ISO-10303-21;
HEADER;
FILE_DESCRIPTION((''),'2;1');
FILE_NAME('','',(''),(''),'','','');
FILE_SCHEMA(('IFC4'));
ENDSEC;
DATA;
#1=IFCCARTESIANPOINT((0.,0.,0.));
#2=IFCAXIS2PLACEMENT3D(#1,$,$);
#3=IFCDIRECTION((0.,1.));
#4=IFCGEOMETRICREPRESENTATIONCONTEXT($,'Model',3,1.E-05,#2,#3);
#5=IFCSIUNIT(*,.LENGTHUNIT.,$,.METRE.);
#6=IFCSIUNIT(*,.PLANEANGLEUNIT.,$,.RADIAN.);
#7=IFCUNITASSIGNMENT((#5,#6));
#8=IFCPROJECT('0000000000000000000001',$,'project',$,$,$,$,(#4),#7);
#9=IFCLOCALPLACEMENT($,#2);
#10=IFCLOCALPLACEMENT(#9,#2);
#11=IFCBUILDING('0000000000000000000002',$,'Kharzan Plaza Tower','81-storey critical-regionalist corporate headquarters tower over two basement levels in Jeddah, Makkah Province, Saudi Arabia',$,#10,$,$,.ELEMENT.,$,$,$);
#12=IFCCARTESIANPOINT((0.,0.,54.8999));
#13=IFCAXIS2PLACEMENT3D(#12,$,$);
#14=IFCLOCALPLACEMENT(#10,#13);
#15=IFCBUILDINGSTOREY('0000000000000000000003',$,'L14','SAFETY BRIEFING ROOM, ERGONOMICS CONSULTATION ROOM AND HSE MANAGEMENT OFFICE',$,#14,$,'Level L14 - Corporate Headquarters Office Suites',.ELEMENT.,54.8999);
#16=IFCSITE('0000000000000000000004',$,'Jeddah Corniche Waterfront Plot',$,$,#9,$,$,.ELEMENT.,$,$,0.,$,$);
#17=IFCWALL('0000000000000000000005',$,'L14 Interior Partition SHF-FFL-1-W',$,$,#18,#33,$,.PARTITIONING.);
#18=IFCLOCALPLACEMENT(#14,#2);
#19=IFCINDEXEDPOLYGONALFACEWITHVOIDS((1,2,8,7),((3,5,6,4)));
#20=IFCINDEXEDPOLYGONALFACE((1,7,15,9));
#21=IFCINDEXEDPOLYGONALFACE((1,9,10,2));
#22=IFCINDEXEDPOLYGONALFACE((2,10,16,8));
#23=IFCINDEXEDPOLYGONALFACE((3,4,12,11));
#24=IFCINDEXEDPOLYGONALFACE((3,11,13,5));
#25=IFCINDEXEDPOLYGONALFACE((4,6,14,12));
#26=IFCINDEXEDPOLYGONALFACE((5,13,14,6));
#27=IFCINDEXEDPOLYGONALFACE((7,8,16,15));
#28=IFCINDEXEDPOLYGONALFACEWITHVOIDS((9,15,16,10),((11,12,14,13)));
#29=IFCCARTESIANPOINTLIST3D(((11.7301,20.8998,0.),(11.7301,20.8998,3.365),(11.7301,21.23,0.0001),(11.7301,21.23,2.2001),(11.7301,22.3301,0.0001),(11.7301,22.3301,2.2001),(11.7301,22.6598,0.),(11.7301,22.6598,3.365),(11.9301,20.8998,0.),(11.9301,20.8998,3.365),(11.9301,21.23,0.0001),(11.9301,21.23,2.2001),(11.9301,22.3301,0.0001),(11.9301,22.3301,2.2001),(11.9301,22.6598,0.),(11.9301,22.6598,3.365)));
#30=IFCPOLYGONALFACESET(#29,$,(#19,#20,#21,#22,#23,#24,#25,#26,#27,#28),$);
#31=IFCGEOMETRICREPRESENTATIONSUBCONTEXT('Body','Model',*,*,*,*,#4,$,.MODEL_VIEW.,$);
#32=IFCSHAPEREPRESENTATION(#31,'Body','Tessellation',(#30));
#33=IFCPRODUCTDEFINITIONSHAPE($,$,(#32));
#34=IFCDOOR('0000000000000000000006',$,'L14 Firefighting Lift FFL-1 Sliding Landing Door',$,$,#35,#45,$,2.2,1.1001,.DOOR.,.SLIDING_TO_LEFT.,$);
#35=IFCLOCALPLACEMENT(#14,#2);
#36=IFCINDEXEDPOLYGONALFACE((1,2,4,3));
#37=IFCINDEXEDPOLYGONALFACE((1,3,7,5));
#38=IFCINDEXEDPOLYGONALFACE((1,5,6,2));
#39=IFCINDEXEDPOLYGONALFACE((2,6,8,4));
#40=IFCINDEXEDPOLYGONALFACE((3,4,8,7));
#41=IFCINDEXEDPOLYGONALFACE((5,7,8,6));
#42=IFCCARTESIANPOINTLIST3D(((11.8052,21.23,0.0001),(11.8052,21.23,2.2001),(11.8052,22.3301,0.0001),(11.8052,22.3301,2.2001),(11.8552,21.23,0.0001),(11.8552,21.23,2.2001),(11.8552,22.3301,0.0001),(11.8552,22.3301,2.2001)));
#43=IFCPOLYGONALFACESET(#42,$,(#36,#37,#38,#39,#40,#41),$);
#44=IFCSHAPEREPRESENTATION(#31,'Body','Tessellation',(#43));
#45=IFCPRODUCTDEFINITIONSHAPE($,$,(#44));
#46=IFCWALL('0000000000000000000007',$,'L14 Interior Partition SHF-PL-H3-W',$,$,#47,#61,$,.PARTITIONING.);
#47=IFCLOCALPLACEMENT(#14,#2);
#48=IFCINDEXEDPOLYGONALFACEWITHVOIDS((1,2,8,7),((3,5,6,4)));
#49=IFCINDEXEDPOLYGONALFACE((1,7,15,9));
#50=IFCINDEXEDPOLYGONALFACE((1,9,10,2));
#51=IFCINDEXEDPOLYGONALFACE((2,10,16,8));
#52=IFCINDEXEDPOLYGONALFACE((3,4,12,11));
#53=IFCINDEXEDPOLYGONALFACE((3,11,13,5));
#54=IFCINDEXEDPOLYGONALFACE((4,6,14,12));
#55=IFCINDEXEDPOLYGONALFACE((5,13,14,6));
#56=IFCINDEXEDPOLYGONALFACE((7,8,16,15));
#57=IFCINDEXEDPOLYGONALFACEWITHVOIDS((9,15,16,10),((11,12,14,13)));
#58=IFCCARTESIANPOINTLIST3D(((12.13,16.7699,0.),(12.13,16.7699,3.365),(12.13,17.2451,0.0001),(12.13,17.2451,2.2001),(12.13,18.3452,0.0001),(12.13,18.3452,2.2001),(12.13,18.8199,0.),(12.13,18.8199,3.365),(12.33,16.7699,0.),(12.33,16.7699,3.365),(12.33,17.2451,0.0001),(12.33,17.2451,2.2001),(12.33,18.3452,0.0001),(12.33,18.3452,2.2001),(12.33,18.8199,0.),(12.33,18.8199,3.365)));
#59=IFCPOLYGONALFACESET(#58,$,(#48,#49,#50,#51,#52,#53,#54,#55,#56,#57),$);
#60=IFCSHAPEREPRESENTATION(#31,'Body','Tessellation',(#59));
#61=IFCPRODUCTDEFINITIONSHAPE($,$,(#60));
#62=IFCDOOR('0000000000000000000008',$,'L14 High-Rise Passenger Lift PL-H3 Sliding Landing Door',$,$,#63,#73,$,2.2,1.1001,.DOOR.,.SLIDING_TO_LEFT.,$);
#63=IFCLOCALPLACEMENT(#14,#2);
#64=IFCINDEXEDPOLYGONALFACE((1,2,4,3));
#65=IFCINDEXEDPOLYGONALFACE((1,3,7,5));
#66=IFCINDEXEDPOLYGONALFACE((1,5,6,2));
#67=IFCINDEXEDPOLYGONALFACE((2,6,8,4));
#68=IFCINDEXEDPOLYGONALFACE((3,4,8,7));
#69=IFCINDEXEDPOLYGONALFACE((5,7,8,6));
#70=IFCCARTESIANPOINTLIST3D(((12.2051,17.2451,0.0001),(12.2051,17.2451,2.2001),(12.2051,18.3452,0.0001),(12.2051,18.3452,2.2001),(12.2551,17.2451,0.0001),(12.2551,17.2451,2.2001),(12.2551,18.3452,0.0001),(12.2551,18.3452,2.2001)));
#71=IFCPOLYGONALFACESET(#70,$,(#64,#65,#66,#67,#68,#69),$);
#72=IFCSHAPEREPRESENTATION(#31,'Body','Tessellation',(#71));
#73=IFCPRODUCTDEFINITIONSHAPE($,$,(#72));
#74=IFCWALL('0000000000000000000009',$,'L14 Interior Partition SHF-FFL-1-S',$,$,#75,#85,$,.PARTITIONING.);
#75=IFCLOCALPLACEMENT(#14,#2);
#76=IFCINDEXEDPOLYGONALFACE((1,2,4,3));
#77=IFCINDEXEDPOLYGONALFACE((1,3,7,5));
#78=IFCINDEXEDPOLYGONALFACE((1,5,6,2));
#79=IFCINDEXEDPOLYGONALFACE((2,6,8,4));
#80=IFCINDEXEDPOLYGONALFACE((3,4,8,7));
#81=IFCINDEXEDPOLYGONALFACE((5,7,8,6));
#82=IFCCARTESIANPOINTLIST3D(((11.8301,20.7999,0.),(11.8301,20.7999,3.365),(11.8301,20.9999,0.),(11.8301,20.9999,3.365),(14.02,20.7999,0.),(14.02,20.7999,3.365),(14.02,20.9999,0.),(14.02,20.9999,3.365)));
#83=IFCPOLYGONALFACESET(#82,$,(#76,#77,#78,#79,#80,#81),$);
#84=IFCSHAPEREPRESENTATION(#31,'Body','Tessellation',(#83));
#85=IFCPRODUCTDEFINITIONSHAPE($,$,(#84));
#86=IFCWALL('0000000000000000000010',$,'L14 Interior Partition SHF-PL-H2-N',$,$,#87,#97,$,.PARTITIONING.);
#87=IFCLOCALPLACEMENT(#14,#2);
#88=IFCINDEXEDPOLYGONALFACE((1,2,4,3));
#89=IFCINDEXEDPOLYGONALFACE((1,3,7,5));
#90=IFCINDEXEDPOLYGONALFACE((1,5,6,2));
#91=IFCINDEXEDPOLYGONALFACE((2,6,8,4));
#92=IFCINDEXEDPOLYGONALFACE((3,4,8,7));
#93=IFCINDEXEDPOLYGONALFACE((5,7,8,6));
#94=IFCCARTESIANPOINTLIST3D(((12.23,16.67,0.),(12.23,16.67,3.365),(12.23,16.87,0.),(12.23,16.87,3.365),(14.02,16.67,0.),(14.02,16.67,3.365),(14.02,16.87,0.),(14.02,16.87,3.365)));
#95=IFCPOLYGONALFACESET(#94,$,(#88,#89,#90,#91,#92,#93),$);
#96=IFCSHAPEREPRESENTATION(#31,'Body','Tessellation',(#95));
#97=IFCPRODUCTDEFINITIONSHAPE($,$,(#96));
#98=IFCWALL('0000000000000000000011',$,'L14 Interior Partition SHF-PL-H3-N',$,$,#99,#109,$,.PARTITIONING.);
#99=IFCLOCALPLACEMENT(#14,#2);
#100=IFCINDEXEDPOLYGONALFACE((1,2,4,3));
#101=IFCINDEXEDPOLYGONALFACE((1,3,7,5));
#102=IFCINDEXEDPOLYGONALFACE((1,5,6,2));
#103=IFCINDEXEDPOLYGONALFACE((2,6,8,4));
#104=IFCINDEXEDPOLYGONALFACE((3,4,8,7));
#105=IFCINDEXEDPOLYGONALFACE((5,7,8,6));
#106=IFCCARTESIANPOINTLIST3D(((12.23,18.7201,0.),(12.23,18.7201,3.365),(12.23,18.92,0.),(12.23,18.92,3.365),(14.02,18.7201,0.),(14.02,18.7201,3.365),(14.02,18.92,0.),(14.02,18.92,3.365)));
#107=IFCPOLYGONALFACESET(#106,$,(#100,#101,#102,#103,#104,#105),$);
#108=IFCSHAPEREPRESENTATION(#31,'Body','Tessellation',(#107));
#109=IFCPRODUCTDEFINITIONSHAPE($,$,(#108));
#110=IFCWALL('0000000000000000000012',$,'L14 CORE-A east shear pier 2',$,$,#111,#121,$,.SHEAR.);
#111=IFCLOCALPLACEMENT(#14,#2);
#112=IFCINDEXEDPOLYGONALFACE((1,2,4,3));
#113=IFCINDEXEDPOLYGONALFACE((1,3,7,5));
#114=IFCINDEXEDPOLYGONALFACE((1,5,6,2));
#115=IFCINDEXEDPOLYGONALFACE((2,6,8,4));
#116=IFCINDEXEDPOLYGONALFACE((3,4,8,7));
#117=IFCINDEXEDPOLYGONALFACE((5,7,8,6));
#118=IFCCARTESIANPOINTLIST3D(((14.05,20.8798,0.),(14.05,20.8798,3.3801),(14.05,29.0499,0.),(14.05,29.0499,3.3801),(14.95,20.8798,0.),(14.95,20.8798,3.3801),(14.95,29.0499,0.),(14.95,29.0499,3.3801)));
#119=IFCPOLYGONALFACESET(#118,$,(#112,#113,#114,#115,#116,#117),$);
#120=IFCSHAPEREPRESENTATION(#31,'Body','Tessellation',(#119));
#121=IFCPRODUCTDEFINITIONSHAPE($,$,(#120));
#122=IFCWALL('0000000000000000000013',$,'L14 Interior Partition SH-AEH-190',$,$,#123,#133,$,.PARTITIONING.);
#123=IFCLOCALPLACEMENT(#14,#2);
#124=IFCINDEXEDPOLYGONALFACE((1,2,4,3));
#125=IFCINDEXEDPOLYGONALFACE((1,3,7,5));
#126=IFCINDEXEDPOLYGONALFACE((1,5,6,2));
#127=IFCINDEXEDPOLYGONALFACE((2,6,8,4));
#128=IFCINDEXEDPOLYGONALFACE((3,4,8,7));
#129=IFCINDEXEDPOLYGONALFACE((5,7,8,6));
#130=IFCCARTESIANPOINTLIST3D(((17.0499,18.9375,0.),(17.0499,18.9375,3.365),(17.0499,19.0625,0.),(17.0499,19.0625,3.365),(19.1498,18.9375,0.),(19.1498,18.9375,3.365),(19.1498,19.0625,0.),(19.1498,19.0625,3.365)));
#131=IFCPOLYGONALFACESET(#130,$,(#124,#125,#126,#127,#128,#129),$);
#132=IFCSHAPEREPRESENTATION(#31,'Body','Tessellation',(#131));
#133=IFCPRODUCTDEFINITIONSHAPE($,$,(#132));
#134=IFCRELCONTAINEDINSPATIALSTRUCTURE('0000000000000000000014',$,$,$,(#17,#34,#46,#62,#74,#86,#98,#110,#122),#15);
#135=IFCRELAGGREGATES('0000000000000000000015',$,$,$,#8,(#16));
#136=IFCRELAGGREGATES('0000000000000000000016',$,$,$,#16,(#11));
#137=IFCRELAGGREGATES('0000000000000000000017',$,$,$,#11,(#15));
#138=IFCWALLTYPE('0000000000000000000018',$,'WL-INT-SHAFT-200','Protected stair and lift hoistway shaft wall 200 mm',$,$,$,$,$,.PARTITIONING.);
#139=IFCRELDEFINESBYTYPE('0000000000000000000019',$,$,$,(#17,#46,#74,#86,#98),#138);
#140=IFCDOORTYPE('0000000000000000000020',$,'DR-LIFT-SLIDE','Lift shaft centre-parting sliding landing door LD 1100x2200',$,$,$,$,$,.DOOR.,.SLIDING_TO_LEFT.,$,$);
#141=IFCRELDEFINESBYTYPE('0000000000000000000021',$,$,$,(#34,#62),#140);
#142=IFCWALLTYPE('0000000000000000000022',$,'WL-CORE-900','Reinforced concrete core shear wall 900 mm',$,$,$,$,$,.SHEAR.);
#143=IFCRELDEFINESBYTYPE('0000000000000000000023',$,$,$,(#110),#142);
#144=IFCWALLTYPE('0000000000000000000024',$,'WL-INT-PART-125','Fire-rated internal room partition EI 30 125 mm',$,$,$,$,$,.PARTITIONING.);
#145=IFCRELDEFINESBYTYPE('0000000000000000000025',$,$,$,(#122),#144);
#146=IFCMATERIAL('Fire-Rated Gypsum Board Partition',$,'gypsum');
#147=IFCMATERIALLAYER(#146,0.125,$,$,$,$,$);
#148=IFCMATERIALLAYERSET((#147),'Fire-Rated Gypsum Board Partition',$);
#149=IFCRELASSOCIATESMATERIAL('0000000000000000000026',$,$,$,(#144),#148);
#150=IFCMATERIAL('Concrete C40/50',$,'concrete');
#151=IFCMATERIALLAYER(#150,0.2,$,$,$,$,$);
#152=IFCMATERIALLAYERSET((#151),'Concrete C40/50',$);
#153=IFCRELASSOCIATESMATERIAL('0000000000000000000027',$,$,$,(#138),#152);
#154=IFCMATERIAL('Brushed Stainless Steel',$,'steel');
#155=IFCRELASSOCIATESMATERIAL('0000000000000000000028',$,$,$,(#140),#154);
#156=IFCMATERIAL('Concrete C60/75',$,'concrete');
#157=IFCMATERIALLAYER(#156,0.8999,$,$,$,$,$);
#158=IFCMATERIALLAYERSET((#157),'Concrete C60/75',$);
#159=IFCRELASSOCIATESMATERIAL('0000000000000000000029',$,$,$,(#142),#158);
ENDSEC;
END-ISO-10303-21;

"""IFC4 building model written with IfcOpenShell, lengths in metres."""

from ifc_helpers import new_model, si_unit, direction, frame, frame_2d, origin, place, context, subcontext, project, spatial, rectangle, extrude, source, transform, mapped, material, layer, layer_set, type_object, element, fill, save


model = new_model("IFC4")

# Units and contexts
model_context = context("Model", 3, precision=1e-05, world=origin(), true_north=direction((0.0, 1.0)))
body_context = subcontext(model_context, "Body", "Model", "MODEL_VIEW")
ifc_project = project(units=[si_unit("LENGTHUNIT", "METRE"), si_unit("PLANEANGLEUNIT", "RADIAN")], contexts=[model_context])

# Site, building, storey
site_placement = place(None, origin())
site = spatial("IfcSite", under=ifc_project, at=site_placement, Name="Jeddah Corniche Waterfront Plot", CompositionType="ELEMENT", RefElevation=0.0)
building_placement = place(site_placement, origin())
building = spatial("IfcBuilding", under=site, at=building_placement, Name="Kharzan Plaza Tower", Description="81-storey critical-regionalist corporate headquarters tower over two basement levels in Jeddah, Makkah Province, Saudi Arabia", CompositionType="ELEMENT")
storey_placement = place(building_placement, frame((0.0, 0.0, 54.8999)))
storey = spatial("IfcBuildingStorey", under=building, at=storey_placement, Name="L14", Description="SAFETY BRIEFING ROOM, ERGONOMICS CONSULTATION ROOM AND HSE MANAGEMENT OFFICE", LongName="Level L14 - Corporate Headquarters Office Suites", CompositionType="ELEMENT", Elevation=54.8999)

# Shared definitions
ifc_material_1 = material(Name="Concrete C60/75", Category="concrete")

# Walls, openings, doors
ifc_material_2 = material(Name="Fire-Rated Gypsum Board Partition", Category="gypsum")
ifc_layer_1 = layer(ifc_material_2, 0.125)
ifc_layer_set_1 = layer_set([ifc_layer_1], Name="Fire-Rated Gypsum Board Partition")
wall_type_1 = type_object("IfcWallType", Name="WL-INT-PART-125", Description="Fire-rated internal room partition EI 30 125 mm", PredefinedType="PARTITIONING", material=ifc_layer_set_1)
ifc_material_3 = material(Name="Concrete C40/50", Category="concrete")
ifc_layer_2 = layer(ifc_material_3, 0.2)
ifc_layer_set_2 = layer_set([ifc_layer_2], Name="Concrete C40/50")
wall_type_2 = type_object("IfcWallType", Name="WL-INT-SHAFT-200", Description="Protected stair and lift hoistway shaft wall 200 mm", PredefinedType="PARTITIONING", material=ifc_layer_set_2)
wall_1_placement = place(storey_placement, frame((11.8301, 20.8999, 0.0), z_axis=(0.0, 0.0, 1.0), x_axis=(0.0, 1.0, 0.0)))
wall_1 = element("IfcWall", 1, at=wall_1_placement, inside=storey, type_object=wall_type_2, Name="L14 Interior Partition SHF-FFL-1-W", PredefinedType="PARTITIONING", context=body_context, shape_type="SweptSolid", body=[
    extrude(rectangle(XDim=1.76, YDim=0.2, at=frame_2d((0.8799, 0.0))), origin(), (0.0, 0.0, 1.0), 3.365),
])
opening_1_placement = place(wall_1_placement, frame((0.3301, 0.0, 0.0)))
opening_1 = element("IfcOpeningElement", 2, at=opening_1_placement, cuts=wall_1, PredefinedType="OPENING", context=body_context, shape_type="SweptSolid", body=[
    extrude(rectangle(XDim=1.1001, YDim=2.2, at=frame_2d((0.55, 1.1001))), frame((0.0, 0.1099, 0.0), z_axis=(0.0, -1.0, 0.0), x_axis=(1.0, 0.0, 0.0)), (0.0, 0.0, 1.0), 0.22),
])
ifc_material_4 = material(Name="Brushed Stainless Steel", Category="steel")
door_type_1 = type_object("IfcDoorType", Name="DR-LIFT-SLIDE", Description="Lift shaft centre-parting sliding landing door LD 1100x2200", OperationType="SLIDING_TO_LEFT", PredefinedType="DOOR", material=ifc_material_4)
shared_shape_1 = source(origin(), body_context, "Body", "SweptSolid", [
    extrude(rectangle(XDim=1.1001, YDim=2.2, at=frame_2d((0.55, 1.1001))), frame((0.0, 0.0249, 0.0), z_axis=(0.0, -1.0, 0.0), x_axis=(1.0, 0.0, 0.0)), (0.0, 0.0, 1.0), 0.05),
])
door_1_placement = place(opening_1_placement, origin())
door_1 = element("IfcDoor", 3, at=door_1_placement, inside=storey, type_object=door_type_1, Name="L14 Firefighting Lift FFL-1 Sliding Landing Door", OperationType="SLIDING_TO_LEFT", OverallHeight=2.2, OverallWidth=1.1001, PredefinedType="DOOR", context=body_context, shape_type="MappedRepresentation", body=[
    mapped(shared_shape_1, transform((0.0, 0.0, 0.0), x_axis=(1.0, 0.0, 0.0), y_axis=(0.0, 1.0, 0.0), z_axis=(0.0, 0.0, 1.0))),
])
fill(opening_1, door_1)
wall_2_placement = place(storey_placement, frame((12.23, 16.77, 0.0), z_axis=(0.0, 0.0, 1.0), x_axis=(0.0, 1.0, 0.0)))
wall_2 = element("IfcWall", 4, at=wall_2_placement, inside=storey, type_object=wall_type_2, Name="L14 Interior Partition SHF-PL-H3-W", PredefinedType="PARTITIONING", context=body_context, shape_type="SweptSolid", body=[
    extrude(rectangle(XDim=2.05, YDim=0.2, at=frame_2d((1.0249, 0.0))), origin(), (0.0, 0.0, 1.0), 3.365),
])
opening_2_placement = place(wall_2_placement, frame((0.4751, 0.0, 0.0)))
opening_2 = element("IfcOpeningElement", 5, at=opening_2_placement, cuts=wall_2, PredefinedType="OPENING", context=body_context, shape_type="SweptSolid", body=[
    extrude(rectangle(XDim=1.1001, YDim=2.2, at=frame_2d((0.55, 1.1001))), frame((0.0, 0.1099, 0.0), z_axis=(0.0, -1.0, 0.0), x_axis=(1.0, 0.0, 0.0)), (0.0, 0.0, 1.0), 0.22),
])
door_2_placement = place(opening_2_placement, origin())
door_2 = element("IfcDoor", 6, at=door_2_placement, inside=storey, type_object=door_type_1, Name="L14 High-Rise Passenger Lift PL-H3 Sliding Landing Door", OperationType="SLIDING_TO_LEFT", OverallHeight=2.2, OverallWidth=1.1001, PredefinedType="DOOR", context=body_context, shape_type="MappedRepresentation", body=[
    mapped(shared_shape_1, transform((0.0, 0.0, 0.0), x_axis=(1.0, 0.0, 0.0), y_axis=(0.0, 1.0, 0.0), z_axis=(0.0, 0.0, 1.0))),
])
fill(opening_2, door_2)

# Walls
shared_shape_2 = source(origin(), body_context, "Body", "SweptSolid", [
    extrude(rectangle(XDim=2.1899, YDim=0.2, at=frame_2d((1.095, 0.0))), origin(), (0.0, 0.0, 1.0), 3.365),
])
wall_3_placement = place(storey_placement, frame((11.8301, 20.8999, 0.0), z_axis=(0.0, 0.0, 1.0), x_axis=(1.0, 0.0, 0.0)))
element("IfcWall", 7, at=wall_3_placement, inside=storey, type_object=wall_type_2, Name="L14 Interior Partition SHF-FFL-1-S", PredefinedType="PARTITIONING", context=body_context, shape_type="MappedRepresentation", body=[
    mapped(shared_shape_2, transform((0.0, 0.0, 0.0), x_axis=(1.0, 0.0, 0.0), y_axis=(0.0, 1.0, 0.0), z_axis=(0.0, 0.0, 1.0))),
])
shared_shape_3 = source(origin(), body_context, "Body", "SweptSolid", [
    extrude(rectangle(XDim=1.79, YDim=0.2, at=frame_2d((0.895, 0.0))), origin(), (0.0, 0.0, 1.0), 3.365),
])
for number, where, z_axis, x_axis, name in (
    (8, (12.23, 16.77, 0.0), (0.0, 0.0, 1.0), (1.0, 0.0, 0.0), "L14 Interior Partition SHF-PL-H2-N"),
    (9, (12.23, 18.8201, 0.0), (0.0, 0.0, 1.0), (1.0, 0.0, 0.0), "L14 Interior Partition SHF-PL-H3-N"),
):
    element("IfcWall", number, at=place(storey_placement, frame(where, z_axis=z_axis, x_axis=x_axis)), inside=storey, type_object=wall_type_2, Name=name, PredefinedType="PARTITIONING", context=body_context, shape_type="MappedRepresentation", body=[
        mapped(shared_shape_3, transform((0.0, 0.0, 0.0), x_axis=(1.0, 0.0, 0.0), y_axis=(0.0, 1.0, 0.0), z_axis=(0.0, 0.0, 1.0))),
    ])
ifc_layer_3 = layer(ifc_material_1, 0.8999)
ifc_layer_set_3 = layer_set([ifc_layer_3], Name="Concrete C60/75")
wall_type_3 = type_object("IfcWallType", Name="WL-CORE-900", Description="Reinforced concrete core shear wall 900 mm", PredefinedType="SHEAR", material=ifc_layer_set_3)
shared_shape_4 = source(origin(), body_context, "Body", "SweptSolid", [
    extrude(rectangle(XDim=8.1702, YDim=0.8999, at=frame_2d((4.085, 0.0))), origin(), (0.0, 0.0, 1.0), 3.3801),
])
wall_4_placement = place(storey_placement, frame((14.5, 20.8799, 0.0), z_axis=(0.0, 0.0, 1.0), x_axis=(0.0, 1.0, 0.0)))
element("IfcWall", 10, at=wall_4_placement, inside=storey, type_object=wall_type_3, Name="L14 CORE-A east shear pier 2", PredefinedType="SHEAR", context=body_context, shape_type="MappedRepresentation", body=[
    mapped(shared_shape_4, transform((0.0, 0.0, 0.0), x_axis=(1.0, 0.0, 0.0), y_axis=(0.0, 1.0, 0.0), z_axis=(0.0, 0.0, 1.0))),
])
shared_shape_5 = source(origin(), body_context, "Body", "SweptSolid", [
    extrude(rectangle(XDim=2.0999, YDim=0.125, at=frame_2d((1.0498, 0.0))), origin(), (0.0, 0.0, 1.0), 3.365),
])
wall_5_placement = place(storey_placement, frame((17.05, 19.0, 0.0), z_axis=(0.0, 0.0, 1.0), x_axis=(1.0, 0.0, 0.0)))
element("IfcWall", 11, at=wall_5_placement, inside=storey, type_object=wall_type_1, Name="L14 Interior Partition SH-AEH-190", PredefinedType="PARTITIONING", context=body_context, shape_type="MappedRepresentation", body=[
    mapped(shared_shape_5, transform((0.0, 0.0, 0.0), x_axis=(1.0, 0.0, 0.0), y_axis=(0.0, 1.0, 0.0), z_axis=(0.0, 0.0, 1.0))),
])

save(model, "model.ifc")
